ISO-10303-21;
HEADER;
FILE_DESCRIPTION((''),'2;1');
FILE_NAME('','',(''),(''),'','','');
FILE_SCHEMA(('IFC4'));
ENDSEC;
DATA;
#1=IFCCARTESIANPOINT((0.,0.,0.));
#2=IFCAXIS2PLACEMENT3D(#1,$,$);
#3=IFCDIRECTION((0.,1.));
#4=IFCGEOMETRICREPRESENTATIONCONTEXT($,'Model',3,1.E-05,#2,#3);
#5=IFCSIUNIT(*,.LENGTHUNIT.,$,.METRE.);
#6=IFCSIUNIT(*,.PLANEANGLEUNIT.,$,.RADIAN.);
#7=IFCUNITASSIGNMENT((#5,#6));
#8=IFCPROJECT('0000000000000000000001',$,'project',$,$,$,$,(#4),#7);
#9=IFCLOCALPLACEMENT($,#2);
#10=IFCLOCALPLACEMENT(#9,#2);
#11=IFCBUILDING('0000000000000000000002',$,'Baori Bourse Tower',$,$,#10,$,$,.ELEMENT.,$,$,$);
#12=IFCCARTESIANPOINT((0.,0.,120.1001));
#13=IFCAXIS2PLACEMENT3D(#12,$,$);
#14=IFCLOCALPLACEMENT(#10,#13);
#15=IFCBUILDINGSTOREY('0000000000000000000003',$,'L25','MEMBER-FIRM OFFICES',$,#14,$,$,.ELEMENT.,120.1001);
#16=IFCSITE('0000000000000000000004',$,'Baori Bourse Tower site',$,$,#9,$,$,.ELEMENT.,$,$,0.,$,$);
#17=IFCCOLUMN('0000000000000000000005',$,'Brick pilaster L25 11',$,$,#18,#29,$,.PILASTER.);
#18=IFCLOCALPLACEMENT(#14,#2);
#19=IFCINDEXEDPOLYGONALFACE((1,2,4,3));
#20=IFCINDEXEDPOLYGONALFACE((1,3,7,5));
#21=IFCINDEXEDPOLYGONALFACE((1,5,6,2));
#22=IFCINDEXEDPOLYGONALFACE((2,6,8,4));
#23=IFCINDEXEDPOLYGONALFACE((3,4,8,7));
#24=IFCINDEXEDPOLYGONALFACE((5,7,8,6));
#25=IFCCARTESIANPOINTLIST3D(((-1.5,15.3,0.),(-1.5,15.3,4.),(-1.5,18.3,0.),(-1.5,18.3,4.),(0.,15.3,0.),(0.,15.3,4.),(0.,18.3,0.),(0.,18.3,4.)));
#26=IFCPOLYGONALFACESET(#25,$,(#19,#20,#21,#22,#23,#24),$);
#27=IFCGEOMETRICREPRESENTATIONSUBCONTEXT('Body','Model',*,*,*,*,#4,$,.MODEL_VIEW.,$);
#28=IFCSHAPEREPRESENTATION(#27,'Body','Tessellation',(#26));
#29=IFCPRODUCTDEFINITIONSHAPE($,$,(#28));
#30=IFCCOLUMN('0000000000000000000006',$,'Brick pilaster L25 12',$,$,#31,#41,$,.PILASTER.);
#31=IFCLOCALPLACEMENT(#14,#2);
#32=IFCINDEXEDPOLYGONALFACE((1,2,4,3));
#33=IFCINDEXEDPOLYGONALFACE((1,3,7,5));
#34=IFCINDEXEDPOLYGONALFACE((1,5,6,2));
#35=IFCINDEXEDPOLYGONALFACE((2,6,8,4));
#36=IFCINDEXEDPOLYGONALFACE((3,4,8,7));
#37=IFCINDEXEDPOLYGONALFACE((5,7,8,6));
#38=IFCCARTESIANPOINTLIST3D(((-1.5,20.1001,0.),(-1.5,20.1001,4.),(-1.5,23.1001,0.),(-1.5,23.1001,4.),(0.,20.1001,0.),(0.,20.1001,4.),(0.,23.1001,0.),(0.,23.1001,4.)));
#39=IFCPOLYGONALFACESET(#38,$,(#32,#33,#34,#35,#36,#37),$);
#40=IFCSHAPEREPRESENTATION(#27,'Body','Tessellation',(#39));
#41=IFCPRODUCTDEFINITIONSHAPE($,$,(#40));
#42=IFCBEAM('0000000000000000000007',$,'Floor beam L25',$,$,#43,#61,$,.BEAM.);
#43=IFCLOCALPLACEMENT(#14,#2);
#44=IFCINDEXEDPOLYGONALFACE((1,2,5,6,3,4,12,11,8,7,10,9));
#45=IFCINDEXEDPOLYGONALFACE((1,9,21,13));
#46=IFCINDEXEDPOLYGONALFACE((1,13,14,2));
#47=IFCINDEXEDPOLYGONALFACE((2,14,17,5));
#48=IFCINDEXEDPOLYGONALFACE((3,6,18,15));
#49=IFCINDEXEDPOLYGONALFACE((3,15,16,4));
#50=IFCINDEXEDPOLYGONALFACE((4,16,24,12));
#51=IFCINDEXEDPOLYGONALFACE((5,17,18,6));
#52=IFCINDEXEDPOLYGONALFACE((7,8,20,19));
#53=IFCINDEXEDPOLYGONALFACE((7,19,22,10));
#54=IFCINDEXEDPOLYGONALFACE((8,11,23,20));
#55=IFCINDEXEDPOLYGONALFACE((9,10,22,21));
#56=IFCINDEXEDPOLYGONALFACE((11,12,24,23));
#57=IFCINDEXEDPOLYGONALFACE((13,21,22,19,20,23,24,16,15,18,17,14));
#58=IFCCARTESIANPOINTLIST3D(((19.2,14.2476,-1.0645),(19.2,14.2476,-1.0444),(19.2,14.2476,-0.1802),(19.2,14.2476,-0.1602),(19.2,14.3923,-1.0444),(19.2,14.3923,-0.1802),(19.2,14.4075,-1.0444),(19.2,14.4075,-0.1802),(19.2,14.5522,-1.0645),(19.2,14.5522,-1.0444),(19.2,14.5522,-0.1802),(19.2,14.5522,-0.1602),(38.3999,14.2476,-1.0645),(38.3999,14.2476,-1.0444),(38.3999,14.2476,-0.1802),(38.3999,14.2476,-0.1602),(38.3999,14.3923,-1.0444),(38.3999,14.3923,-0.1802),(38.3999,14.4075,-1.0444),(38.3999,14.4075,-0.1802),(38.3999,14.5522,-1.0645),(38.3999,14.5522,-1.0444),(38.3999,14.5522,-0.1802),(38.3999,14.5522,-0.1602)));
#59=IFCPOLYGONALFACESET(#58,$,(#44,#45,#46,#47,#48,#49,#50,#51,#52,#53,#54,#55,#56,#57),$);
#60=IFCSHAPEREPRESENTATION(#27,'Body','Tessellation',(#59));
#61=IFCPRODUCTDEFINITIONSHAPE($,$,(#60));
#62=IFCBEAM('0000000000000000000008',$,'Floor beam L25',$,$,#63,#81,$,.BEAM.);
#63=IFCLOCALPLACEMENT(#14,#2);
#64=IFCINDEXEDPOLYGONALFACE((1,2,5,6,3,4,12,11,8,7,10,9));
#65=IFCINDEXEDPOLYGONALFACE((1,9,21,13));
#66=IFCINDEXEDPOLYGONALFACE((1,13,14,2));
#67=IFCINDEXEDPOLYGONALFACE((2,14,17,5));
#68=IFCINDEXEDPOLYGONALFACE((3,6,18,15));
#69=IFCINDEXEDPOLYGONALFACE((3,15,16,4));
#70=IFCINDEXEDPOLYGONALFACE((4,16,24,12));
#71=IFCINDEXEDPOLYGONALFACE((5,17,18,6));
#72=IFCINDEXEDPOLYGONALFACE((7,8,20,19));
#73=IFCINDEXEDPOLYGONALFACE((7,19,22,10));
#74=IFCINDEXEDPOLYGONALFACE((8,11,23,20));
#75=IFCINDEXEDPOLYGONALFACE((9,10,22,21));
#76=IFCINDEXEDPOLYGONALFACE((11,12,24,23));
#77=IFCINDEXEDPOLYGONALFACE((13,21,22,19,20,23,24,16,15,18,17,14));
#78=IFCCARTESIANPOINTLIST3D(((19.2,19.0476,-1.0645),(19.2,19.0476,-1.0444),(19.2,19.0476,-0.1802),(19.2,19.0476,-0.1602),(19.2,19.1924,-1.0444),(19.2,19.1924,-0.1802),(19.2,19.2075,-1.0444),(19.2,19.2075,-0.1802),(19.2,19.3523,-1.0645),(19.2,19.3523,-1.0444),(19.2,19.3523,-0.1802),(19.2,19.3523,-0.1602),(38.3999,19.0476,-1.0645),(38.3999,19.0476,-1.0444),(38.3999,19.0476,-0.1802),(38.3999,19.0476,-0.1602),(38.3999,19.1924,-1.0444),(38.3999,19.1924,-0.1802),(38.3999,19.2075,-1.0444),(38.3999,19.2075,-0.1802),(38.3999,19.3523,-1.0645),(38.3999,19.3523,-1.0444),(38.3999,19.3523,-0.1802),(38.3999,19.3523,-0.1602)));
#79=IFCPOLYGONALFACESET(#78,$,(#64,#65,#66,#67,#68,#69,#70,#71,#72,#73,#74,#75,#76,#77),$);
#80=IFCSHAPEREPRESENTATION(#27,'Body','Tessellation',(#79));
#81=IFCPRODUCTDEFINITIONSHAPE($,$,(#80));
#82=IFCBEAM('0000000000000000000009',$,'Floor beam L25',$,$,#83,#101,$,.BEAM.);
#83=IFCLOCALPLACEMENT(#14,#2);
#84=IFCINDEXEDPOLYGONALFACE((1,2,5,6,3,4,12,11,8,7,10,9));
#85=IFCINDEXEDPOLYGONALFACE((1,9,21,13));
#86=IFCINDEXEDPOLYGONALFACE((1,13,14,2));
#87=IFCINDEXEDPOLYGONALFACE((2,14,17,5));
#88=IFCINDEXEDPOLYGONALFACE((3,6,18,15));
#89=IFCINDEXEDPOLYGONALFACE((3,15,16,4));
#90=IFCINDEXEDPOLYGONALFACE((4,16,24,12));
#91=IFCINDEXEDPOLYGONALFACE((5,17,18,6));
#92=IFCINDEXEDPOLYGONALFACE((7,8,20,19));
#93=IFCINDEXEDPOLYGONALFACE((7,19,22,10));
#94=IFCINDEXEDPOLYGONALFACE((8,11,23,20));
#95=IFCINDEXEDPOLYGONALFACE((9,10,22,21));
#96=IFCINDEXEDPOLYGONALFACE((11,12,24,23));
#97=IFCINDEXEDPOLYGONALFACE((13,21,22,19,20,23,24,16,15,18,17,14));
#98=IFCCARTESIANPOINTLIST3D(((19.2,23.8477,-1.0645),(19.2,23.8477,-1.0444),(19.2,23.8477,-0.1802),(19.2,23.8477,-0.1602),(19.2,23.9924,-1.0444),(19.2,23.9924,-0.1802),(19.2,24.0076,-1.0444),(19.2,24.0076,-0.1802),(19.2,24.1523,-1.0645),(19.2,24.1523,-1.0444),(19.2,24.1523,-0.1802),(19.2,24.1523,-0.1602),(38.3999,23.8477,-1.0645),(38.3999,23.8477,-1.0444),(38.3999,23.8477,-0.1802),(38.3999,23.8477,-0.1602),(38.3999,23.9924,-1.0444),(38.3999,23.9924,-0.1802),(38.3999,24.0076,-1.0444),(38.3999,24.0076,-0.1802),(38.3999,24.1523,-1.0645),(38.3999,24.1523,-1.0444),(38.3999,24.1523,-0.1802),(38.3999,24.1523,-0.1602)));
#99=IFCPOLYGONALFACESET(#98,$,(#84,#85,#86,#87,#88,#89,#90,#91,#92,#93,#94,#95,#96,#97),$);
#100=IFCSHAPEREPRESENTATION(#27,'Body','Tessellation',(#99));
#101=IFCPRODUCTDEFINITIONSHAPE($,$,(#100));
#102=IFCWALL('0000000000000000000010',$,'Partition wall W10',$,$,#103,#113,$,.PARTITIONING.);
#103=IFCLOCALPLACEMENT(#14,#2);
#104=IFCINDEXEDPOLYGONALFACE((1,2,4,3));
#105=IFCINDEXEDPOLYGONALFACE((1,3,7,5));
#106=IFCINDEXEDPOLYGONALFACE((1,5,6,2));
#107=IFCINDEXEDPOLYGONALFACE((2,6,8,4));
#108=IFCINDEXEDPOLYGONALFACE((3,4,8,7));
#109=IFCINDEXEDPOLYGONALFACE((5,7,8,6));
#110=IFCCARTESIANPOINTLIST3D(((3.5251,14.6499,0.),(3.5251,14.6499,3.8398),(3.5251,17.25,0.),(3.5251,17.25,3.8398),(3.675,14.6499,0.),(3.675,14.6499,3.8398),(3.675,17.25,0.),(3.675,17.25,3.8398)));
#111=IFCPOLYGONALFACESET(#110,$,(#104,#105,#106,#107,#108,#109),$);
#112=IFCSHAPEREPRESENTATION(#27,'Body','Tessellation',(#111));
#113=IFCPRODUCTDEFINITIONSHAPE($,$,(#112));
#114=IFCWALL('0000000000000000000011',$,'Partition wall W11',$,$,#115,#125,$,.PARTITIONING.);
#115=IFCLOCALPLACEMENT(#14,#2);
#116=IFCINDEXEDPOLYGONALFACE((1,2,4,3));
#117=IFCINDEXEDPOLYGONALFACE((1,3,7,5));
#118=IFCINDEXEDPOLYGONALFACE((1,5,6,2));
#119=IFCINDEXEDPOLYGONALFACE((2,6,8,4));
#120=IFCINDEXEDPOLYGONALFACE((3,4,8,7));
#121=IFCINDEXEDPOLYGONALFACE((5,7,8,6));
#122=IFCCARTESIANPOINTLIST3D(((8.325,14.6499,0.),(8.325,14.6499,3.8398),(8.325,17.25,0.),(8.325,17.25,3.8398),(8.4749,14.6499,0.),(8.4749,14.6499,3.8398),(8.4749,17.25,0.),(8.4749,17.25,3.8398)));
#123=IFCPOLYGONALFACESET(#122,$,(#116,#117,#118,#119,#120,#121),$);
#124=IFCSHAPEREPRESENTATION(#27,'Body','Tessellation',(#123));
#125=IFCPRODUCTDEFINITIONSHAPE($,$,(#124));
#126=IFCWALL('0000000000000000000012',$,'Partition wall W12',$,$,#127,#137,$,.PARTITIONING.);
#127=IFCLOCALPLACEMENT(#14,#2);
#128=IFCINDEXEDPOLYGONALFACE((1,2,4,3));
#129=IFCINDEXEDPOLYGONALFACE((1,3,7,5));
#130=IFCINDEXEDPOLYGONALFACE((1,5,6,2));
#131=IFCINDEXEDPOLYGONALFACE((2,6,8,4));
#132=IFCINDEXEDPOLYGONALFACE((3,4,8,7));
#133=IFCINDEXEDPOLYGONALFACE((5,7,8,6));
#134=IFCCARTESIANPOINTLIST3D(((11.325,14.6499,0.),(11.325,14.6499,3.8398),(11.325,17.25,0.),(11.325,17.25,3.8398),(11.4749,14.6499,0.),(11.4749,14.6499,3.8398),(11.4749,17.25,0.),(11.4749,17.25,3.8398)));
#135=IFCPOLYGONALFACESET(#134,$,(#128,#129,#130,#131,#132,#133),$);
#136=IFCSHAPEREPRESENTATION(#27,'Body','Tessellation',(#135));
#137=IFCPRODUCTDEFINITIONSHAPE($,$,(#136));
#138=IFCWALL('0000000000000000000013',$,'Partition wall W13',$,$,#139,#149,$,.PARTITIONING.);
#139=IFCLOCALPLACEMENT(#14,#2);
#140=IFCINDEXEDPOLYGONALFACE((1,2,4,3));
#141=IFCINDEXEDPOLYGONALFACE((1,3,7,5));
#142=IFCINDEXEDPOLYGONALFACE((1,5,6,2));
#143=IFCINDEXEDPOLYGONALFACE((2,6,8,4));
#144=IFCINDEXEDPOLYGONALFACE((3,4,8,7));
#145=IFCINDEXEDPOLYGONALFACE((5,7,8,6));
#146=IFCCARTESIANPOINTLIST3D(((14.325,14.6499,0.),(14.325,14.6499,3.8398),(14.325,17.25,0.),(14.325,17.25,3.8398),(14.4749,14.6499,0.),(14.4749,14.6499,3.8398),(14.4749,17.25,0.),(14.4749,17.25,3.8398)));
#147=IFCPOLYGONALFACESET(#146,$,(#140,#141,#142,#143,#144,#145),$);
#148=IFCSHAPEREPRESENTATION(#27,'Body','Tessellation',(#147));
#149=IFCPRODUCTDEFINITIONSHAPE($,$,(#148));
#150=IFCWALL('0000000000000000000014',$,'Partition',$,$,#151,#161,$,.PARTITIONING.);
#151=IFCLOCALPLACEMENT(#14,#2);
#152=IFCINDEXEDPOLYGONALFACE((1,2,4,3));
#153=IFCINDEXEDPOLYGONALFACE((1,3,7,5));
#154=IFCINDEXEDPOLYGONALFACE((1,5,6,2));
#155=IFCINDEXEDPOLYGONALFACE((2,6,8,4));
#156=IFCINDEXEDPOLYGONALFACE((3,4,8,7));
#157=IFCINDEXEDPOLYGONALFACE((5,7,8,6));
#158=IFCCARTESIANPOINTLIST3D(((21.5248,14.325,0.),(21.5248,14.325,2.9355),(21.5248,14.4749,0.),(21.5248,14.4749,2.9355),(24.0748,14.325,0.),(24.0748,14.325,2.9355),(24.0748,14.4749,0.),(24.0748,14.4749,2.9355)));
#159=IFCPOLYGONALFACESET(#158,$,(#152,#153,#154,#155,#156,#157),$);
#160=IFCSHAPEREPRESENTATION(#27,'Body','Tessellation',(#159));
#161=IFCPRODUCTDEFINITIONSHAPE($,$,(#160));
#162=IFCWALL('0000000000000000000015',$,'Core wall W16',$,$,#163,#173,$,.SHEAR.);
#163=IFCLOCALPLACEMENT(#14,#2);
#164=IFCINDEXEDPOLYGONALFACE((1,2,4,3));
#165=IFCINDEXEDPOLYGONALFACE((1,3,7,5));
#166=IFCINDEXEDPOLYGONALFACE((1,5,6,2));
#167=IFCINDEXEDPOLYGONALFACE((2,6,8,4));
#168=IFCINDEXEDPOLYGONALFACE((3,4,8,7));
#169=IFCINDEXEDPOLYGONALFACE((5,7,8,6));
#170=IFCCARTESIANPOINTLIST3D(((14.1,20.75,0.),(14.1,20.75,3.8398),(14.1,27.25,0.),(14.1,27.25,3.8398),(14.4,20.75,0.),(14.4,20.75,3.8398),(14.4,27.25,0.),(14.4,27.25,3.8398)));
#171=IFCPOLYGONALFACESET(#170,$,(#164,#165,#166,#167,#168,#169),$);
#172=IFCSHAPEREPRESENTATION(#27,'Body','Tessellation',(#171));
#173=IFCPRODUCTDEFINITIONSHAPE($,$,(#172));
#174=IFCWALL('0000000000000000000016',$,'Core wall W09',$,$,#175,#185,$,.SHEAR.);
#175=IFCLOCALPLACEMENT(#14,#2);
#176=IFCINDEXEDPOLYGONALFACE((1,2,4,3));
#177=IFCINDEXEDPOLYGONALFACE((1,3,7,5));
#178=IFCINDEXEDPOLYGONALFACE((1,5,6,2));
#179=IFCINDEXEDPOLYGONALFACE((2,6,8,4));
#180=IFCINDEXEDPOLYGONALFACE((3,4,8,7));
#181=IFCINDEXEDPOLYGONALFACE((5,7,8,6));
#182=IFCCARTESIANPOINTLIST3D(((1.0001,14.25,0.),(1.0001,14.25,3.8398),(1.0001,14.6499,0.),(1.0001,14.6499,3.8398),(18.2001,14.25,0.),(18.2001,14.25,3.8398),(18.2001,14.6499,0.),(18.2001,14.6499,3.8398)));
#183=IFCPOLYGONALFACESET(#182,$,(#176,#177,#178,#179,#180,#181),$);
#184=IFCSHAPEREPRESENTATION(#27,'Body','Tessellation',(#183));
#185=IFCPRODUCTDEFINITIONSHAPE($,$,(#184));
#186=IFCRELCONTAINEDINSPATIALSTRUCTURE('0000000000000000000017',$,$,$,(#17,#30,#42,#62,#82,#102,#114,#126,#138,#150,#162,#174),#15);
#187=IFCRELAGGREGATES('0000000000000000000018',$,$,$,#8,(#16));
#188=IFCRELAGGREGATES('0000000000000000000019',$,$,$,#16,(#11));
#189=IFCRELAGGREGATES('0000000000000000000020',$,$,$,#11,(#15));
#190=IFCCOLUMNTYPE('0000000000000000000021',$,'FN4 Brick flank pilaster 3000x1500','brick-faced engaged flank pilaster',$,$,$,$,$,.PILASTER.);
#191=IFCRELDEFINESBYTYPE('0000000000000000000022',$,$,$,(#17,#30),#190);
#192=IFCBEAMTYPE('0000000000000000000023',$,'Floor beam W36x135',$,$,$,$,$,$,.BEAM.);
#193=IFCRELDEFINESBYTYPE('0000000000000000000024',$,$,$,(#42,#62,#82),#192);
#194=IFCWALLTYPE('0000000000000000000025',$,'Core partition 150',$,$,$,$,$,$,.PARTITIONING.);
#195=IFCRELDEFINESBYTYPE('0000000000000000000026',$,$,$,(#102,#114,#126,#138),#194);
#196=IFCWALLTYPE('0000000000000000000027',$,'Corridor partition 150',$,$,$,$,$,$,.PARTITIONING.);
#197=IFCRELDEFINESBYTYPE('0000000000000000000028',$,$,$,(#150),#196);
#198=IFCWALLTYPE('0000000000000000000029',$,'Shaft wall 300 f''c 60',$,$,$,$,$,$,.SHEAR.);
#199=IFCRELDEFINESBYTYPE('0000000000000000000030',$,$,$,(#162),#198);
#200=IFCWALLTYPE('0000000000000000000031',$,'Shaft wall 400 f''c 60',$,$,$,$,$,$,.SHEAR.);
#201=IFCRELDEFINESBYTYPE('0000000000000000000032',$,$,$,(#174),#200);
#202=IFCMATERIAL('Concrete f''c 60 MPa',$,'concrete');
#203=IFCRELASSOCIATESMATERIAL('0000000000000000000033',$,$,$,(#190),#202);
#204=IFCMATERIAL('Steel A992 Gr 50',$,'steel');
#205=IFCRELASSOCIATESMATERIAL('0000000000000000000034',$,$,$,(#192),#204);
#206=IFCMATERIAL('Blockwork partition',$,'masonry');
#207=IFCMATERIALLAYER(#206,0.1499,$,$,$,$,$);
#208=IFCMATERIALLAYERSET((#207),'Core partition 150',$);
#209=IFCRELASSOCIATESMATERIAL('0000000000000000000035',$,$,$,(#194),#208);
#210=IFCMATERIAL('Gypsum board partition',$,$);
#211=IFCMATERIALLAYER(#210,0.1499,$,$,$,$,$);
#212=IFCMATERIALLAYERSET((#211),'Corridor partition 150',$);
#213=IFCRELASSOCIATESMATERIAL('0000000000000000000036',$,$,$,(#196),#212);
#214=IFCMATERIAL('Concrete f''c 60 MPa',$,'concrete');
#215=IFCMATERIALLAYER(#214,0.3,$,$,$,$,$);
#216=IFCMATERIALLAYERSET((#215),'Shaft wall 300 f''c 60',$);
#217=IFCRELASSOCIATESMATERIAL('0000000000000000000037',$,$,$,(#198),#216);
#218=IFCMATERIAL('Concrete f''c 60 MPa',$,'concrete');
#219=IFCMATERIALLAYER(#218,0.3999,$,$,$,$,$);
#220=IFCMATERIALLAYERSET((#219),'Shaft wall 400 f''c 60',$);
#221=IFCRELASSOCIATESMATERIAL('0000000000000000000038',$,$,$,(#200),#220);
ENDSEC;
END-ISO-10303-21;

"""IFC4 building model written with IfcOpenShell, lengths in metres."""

from ifc_helpers import new_model, si_unit, direction, frame, frame_2d, origin, origin_2d, place, context, subcontext, project, spatial, rectangle, i_section, extrude, material, layer, layer_set, material_profile, profile_set, type_object, element, save


model = new_model("IFC4")

# Units and contexts
model_context = context("Model", 3, precision=1e-05, world=origin(), true_north=direction((0.0, 1.0)))
body_context = subcontext(model_context, "Body", "Model", "MODEL_VIEW")
ifc_project = project(units=[si_unit("LENGTHUNIT", "METRE"), si_unit("PLANEANGLEUNIT", "RADIAN")], contexts=[model_context])

# Site, building, storey
site_placement = place(None, origin())
site = spatial("IfcSite", under=ifc_project, at=site_placement, Name="Baori Bourse Tower site", CompositionType="ELEMENT", RefElevation=0.0)
building_placement = place(site_placement, origin())
building = spatial("IfcBuilding", under=site, at=building_placement, Name="Baori Bourse Tower", CompositionType="ELEMENT")
storey_placement = place(building_placement, frame((0.0, 0.0, 120.1001)))
storey = spatial("IfcBuildingStorey", under=building, at=storey_placement, Name="L25", Description="MEMBER-FIRM OFFICES", CompositionType="ELEMENT", Elevation=120.1001)

# Columns
ifc_material_1 = material(Name="Concrete f'c 60 MPa", Category="concrete")
ifc_material_profile_1 = material_profile(ifc_material_1, rectangle(XDim=3.0, YDim=1.5, at=origin_2d()), Name="RC 3000x1500")
ifc_profile_set_1 = profile_set([ifc_material_profile_1], Name="Concrete f'c 60 MPa")
column_type = type_object("IfcColumnType", Name="FN4 Brick flank pilaster 3000x1500", Description="brick-faced engaged flank pilaster", PredefinedType="PILASTER", material=ifc_profile_set_1)
for number, where, z_axis, x_axis, name in (
    (1, (-0.75, 16.8, 0.0), (0.0, 0.0, 1.0), (0.0, 1.0, 0.0), "Brick pilaster L25 11"),
    (2, (-0.75, 21.6001, 0.0), (0.0, 0.0, 1.0), (0.0, 1.0, 0.0), "Brick pilaster L25 12"),
):
    element("IfcColumn", number, at=place(storey_placement, frame(where, z_axis=z_axis, x_axis=x_axis)), inside=storey, type_object=column_type, Name=name, PredefinedType="PILASTER", context=body_context, shape_type="SweptSolid", body=[
        extrude(rectangle(XDim=3.0, YDim=1.5, at=origin_2d()), origin(), (0.0, 0.0, 1.0), 4.0),
    ])

# Beams
ifc_material_2 = material(Name="Steel A992 Gr 50", Category="steel")
ifc_material_profile_2 = material_profile(ifc_material_2, i_section(OverallWidth=0.3047, OverallDepth=0.9043, WebThickness=0.0151, FlangeThickness=0.02, at=origin_2d()), Name="W36x135")
ifc_profile_set_2 = profile_set([ifc_material_profile_2], Name="Steel A992 Gr 50")
beam_type = type_object("IfcBeamType", Name="Floor beam W36x135", PredefinedType="BEAM", material=ifc_profile_set_2)
for number, where, z_axis, x_axis, name in (
    (3, (19.2, 14.3999, -0.6123), (1.0, 0.0, 0.0), (0.0, 1.0, 0.0), "Floor beam L25"),
    (4, (19.2, 19.2, -0.6123), (1.0, 0.0, 0.0), (0.0, 1.0, 0.0), "Floor beam L25"),
    (5, (19.2, 24.0, -0.6123), (1.0, 0.0, 0.0), (0.0, 1.0, 0.0), "Floor beam L25"),
):
    element("IfcBeam", number, at=place(storey_placement, frame(where, z_axis=z_axis, x_axis=x_axis)), inside=storey, type_object=beam_type, Name=name, PredefinedType="BEAM", context=body_context, shape_type="SweptSolid", body=[
        extrude(i_section(OverallWidth=0.3047, OverallDepth=0.9043, WebThickness=0.0151, FlangeThickness=0.02, at=origin_2d()), origin(), (0.0, 0.0, 1.0), 19.2),
    ])

# Walls
ifc_material_3 = material(Name="Blockwork partition", Category="masonry")
ifc_layer_1 = layer(ifc_material_3, 0.1499)
ifc_layer_set_1 = layer_set([ifc_layer_1], Name="Core partition 150")
wall_type_1 = type_object("IfcWallType", Name="Core partition 150", PredefinedType="PARTITIONING", material=ifc_layer_set_1)
for number, where, z_axis, x_axis, name in (
    (6, (3.6001, 14.6499, 0.0), (0.0, 0.0, 1.0), (0.0, 1.0, 0.0), "Partition wall W10"),
    (7, (8.3999, 14.6499, 0.0), (0.0, 0.0, 1.0), (0.0, 1.0, 0.0), "Partition wall W11"),
    (8, (11.3999, 14.6499, 0.0), (0.0, 0.0, 1.0), (0.0, 1.0, 0.0), "Partition wall W12"),
    (9, (14.3999, 14.6499, 0.0), (0.0, 0.0, 1.0), (0.0, 1.0, 0.0), "Partition wall W13"),
):
    element("IfcWall", number, at=place(storey_placement, frame(where, z_axis=z_axis, x_axis=x_axis)), inside=storey, type_object=wall_type_1, Name=name, PredefinedType="PARTITIONING", context=body_context, shape_type="SweptSolid", body=[
        extrude(rectangle(XDim=2.6001, YDim=0.1499, at=frame_2d((1.3, 0.0))), origin(), (0.0, 0.0, 1.0), 3.8398),
    ])
ifc_material_4 = material(Name="Gypsum board partition")
ifc_layer_2 = layer(ifc_material_4, 0.1499)
ifc_layer_set_2 = layer_set([ifc_layer_2], Name="Corridor partition 150")
wall_type_2 = type_object("IfcWallType", Name="Corridor partition 150", PredefinedType="PARTITIONING", material=ifc_layer_set_2)
wall_1_placement = place(storey_placement, frame((21.5249, 14.3999, 0.0), z_axis=(0.0, 0.0, 1.0), x_axis=(1.0, 0.0, 0.0)))
element("IfcWall", 10, at=wall_1_placement, inside=storey, type_object=wall_type_2, Name="Partition", PredefinedType="PARTITIONING", context=body_context, shape_type="SweptSolid", body=[
    extrude(rectangle(XDim=2.55, YDim=0.1499, at=frame_2d((1.2749, 0.0))), origin(), (0.0, 0.0, 1.0), 2.9355),
])
ifc_material_5 = material(Name="Concrete f'c 60 MPa", Category="concrete")
ifc_layer_3 = layer(ifc_material_5, 0.3)
ifc_layer_set_3 = layer_set([ifc_layer_3], Name="Shaft wall 300 f'c 60")
wall_type_3 = type_object("IfcWallType", Name="Shaft wall 300 f'c 60", PredefinedType="SHEAR", material=ifc_layer_set_3)
wall_2_placement = place(storey_placement, frame((14.25, 20.75, 0.0), z_axis=(0.0, 0.0, 1.0), x_axis=(0.0, 1.0, 0.0)))
element("IfcWall", 11, at=wall_2_placement, inside=storey, type_object=wall_type_3, Name="Core wall W16", PredefinedType="SHEAR", context=body_context, shape_type="SweptSolid", body=[
    extrude(rectangle(XDim=6.5, YDim=0.3, at=frame_2d((3.25, 0.0))), origin(), (0.0, 0.0, 1.0), 3.8398),
])
ifc_material_6 = material(Name="Concrete f'c 60 MPa", Category="concrete")
ifc_layer_4 = layer(ifc_material_6, 0.3999)
ifc_layer_set_4 = layer_set([ifc_layer_4], Name="Shaft wall 400 f'c 60")
wall_type_4 = type_object("IfcWallType", Name="Shaft wall 400 f'c 60", PredefinedType="SHEAR", material=ifc_layer_set_4)
wall_3_placement = place(storey_placement, frame((1.0, 14.45, 0.0), z_axis=(0.0, 0.0, 1.0), x_axis=(1.0, 0.0, 0.0)))
element("IfcWall", 12, at=wall_3_placement, inside=storey, type_object=wall_type_4, Name="Core wall W09", PredefinedType="SHEAR", context=body_context, shape_type="SweptSolid", body=[
    extrude(rectangle(XDim=17.2, YDim=0.3999, at=frame_2d((8.6001, 0.0))), origin(), (0.0, 0.0, 1.0), 3.8398),
])

save(model, "model.ifc")
